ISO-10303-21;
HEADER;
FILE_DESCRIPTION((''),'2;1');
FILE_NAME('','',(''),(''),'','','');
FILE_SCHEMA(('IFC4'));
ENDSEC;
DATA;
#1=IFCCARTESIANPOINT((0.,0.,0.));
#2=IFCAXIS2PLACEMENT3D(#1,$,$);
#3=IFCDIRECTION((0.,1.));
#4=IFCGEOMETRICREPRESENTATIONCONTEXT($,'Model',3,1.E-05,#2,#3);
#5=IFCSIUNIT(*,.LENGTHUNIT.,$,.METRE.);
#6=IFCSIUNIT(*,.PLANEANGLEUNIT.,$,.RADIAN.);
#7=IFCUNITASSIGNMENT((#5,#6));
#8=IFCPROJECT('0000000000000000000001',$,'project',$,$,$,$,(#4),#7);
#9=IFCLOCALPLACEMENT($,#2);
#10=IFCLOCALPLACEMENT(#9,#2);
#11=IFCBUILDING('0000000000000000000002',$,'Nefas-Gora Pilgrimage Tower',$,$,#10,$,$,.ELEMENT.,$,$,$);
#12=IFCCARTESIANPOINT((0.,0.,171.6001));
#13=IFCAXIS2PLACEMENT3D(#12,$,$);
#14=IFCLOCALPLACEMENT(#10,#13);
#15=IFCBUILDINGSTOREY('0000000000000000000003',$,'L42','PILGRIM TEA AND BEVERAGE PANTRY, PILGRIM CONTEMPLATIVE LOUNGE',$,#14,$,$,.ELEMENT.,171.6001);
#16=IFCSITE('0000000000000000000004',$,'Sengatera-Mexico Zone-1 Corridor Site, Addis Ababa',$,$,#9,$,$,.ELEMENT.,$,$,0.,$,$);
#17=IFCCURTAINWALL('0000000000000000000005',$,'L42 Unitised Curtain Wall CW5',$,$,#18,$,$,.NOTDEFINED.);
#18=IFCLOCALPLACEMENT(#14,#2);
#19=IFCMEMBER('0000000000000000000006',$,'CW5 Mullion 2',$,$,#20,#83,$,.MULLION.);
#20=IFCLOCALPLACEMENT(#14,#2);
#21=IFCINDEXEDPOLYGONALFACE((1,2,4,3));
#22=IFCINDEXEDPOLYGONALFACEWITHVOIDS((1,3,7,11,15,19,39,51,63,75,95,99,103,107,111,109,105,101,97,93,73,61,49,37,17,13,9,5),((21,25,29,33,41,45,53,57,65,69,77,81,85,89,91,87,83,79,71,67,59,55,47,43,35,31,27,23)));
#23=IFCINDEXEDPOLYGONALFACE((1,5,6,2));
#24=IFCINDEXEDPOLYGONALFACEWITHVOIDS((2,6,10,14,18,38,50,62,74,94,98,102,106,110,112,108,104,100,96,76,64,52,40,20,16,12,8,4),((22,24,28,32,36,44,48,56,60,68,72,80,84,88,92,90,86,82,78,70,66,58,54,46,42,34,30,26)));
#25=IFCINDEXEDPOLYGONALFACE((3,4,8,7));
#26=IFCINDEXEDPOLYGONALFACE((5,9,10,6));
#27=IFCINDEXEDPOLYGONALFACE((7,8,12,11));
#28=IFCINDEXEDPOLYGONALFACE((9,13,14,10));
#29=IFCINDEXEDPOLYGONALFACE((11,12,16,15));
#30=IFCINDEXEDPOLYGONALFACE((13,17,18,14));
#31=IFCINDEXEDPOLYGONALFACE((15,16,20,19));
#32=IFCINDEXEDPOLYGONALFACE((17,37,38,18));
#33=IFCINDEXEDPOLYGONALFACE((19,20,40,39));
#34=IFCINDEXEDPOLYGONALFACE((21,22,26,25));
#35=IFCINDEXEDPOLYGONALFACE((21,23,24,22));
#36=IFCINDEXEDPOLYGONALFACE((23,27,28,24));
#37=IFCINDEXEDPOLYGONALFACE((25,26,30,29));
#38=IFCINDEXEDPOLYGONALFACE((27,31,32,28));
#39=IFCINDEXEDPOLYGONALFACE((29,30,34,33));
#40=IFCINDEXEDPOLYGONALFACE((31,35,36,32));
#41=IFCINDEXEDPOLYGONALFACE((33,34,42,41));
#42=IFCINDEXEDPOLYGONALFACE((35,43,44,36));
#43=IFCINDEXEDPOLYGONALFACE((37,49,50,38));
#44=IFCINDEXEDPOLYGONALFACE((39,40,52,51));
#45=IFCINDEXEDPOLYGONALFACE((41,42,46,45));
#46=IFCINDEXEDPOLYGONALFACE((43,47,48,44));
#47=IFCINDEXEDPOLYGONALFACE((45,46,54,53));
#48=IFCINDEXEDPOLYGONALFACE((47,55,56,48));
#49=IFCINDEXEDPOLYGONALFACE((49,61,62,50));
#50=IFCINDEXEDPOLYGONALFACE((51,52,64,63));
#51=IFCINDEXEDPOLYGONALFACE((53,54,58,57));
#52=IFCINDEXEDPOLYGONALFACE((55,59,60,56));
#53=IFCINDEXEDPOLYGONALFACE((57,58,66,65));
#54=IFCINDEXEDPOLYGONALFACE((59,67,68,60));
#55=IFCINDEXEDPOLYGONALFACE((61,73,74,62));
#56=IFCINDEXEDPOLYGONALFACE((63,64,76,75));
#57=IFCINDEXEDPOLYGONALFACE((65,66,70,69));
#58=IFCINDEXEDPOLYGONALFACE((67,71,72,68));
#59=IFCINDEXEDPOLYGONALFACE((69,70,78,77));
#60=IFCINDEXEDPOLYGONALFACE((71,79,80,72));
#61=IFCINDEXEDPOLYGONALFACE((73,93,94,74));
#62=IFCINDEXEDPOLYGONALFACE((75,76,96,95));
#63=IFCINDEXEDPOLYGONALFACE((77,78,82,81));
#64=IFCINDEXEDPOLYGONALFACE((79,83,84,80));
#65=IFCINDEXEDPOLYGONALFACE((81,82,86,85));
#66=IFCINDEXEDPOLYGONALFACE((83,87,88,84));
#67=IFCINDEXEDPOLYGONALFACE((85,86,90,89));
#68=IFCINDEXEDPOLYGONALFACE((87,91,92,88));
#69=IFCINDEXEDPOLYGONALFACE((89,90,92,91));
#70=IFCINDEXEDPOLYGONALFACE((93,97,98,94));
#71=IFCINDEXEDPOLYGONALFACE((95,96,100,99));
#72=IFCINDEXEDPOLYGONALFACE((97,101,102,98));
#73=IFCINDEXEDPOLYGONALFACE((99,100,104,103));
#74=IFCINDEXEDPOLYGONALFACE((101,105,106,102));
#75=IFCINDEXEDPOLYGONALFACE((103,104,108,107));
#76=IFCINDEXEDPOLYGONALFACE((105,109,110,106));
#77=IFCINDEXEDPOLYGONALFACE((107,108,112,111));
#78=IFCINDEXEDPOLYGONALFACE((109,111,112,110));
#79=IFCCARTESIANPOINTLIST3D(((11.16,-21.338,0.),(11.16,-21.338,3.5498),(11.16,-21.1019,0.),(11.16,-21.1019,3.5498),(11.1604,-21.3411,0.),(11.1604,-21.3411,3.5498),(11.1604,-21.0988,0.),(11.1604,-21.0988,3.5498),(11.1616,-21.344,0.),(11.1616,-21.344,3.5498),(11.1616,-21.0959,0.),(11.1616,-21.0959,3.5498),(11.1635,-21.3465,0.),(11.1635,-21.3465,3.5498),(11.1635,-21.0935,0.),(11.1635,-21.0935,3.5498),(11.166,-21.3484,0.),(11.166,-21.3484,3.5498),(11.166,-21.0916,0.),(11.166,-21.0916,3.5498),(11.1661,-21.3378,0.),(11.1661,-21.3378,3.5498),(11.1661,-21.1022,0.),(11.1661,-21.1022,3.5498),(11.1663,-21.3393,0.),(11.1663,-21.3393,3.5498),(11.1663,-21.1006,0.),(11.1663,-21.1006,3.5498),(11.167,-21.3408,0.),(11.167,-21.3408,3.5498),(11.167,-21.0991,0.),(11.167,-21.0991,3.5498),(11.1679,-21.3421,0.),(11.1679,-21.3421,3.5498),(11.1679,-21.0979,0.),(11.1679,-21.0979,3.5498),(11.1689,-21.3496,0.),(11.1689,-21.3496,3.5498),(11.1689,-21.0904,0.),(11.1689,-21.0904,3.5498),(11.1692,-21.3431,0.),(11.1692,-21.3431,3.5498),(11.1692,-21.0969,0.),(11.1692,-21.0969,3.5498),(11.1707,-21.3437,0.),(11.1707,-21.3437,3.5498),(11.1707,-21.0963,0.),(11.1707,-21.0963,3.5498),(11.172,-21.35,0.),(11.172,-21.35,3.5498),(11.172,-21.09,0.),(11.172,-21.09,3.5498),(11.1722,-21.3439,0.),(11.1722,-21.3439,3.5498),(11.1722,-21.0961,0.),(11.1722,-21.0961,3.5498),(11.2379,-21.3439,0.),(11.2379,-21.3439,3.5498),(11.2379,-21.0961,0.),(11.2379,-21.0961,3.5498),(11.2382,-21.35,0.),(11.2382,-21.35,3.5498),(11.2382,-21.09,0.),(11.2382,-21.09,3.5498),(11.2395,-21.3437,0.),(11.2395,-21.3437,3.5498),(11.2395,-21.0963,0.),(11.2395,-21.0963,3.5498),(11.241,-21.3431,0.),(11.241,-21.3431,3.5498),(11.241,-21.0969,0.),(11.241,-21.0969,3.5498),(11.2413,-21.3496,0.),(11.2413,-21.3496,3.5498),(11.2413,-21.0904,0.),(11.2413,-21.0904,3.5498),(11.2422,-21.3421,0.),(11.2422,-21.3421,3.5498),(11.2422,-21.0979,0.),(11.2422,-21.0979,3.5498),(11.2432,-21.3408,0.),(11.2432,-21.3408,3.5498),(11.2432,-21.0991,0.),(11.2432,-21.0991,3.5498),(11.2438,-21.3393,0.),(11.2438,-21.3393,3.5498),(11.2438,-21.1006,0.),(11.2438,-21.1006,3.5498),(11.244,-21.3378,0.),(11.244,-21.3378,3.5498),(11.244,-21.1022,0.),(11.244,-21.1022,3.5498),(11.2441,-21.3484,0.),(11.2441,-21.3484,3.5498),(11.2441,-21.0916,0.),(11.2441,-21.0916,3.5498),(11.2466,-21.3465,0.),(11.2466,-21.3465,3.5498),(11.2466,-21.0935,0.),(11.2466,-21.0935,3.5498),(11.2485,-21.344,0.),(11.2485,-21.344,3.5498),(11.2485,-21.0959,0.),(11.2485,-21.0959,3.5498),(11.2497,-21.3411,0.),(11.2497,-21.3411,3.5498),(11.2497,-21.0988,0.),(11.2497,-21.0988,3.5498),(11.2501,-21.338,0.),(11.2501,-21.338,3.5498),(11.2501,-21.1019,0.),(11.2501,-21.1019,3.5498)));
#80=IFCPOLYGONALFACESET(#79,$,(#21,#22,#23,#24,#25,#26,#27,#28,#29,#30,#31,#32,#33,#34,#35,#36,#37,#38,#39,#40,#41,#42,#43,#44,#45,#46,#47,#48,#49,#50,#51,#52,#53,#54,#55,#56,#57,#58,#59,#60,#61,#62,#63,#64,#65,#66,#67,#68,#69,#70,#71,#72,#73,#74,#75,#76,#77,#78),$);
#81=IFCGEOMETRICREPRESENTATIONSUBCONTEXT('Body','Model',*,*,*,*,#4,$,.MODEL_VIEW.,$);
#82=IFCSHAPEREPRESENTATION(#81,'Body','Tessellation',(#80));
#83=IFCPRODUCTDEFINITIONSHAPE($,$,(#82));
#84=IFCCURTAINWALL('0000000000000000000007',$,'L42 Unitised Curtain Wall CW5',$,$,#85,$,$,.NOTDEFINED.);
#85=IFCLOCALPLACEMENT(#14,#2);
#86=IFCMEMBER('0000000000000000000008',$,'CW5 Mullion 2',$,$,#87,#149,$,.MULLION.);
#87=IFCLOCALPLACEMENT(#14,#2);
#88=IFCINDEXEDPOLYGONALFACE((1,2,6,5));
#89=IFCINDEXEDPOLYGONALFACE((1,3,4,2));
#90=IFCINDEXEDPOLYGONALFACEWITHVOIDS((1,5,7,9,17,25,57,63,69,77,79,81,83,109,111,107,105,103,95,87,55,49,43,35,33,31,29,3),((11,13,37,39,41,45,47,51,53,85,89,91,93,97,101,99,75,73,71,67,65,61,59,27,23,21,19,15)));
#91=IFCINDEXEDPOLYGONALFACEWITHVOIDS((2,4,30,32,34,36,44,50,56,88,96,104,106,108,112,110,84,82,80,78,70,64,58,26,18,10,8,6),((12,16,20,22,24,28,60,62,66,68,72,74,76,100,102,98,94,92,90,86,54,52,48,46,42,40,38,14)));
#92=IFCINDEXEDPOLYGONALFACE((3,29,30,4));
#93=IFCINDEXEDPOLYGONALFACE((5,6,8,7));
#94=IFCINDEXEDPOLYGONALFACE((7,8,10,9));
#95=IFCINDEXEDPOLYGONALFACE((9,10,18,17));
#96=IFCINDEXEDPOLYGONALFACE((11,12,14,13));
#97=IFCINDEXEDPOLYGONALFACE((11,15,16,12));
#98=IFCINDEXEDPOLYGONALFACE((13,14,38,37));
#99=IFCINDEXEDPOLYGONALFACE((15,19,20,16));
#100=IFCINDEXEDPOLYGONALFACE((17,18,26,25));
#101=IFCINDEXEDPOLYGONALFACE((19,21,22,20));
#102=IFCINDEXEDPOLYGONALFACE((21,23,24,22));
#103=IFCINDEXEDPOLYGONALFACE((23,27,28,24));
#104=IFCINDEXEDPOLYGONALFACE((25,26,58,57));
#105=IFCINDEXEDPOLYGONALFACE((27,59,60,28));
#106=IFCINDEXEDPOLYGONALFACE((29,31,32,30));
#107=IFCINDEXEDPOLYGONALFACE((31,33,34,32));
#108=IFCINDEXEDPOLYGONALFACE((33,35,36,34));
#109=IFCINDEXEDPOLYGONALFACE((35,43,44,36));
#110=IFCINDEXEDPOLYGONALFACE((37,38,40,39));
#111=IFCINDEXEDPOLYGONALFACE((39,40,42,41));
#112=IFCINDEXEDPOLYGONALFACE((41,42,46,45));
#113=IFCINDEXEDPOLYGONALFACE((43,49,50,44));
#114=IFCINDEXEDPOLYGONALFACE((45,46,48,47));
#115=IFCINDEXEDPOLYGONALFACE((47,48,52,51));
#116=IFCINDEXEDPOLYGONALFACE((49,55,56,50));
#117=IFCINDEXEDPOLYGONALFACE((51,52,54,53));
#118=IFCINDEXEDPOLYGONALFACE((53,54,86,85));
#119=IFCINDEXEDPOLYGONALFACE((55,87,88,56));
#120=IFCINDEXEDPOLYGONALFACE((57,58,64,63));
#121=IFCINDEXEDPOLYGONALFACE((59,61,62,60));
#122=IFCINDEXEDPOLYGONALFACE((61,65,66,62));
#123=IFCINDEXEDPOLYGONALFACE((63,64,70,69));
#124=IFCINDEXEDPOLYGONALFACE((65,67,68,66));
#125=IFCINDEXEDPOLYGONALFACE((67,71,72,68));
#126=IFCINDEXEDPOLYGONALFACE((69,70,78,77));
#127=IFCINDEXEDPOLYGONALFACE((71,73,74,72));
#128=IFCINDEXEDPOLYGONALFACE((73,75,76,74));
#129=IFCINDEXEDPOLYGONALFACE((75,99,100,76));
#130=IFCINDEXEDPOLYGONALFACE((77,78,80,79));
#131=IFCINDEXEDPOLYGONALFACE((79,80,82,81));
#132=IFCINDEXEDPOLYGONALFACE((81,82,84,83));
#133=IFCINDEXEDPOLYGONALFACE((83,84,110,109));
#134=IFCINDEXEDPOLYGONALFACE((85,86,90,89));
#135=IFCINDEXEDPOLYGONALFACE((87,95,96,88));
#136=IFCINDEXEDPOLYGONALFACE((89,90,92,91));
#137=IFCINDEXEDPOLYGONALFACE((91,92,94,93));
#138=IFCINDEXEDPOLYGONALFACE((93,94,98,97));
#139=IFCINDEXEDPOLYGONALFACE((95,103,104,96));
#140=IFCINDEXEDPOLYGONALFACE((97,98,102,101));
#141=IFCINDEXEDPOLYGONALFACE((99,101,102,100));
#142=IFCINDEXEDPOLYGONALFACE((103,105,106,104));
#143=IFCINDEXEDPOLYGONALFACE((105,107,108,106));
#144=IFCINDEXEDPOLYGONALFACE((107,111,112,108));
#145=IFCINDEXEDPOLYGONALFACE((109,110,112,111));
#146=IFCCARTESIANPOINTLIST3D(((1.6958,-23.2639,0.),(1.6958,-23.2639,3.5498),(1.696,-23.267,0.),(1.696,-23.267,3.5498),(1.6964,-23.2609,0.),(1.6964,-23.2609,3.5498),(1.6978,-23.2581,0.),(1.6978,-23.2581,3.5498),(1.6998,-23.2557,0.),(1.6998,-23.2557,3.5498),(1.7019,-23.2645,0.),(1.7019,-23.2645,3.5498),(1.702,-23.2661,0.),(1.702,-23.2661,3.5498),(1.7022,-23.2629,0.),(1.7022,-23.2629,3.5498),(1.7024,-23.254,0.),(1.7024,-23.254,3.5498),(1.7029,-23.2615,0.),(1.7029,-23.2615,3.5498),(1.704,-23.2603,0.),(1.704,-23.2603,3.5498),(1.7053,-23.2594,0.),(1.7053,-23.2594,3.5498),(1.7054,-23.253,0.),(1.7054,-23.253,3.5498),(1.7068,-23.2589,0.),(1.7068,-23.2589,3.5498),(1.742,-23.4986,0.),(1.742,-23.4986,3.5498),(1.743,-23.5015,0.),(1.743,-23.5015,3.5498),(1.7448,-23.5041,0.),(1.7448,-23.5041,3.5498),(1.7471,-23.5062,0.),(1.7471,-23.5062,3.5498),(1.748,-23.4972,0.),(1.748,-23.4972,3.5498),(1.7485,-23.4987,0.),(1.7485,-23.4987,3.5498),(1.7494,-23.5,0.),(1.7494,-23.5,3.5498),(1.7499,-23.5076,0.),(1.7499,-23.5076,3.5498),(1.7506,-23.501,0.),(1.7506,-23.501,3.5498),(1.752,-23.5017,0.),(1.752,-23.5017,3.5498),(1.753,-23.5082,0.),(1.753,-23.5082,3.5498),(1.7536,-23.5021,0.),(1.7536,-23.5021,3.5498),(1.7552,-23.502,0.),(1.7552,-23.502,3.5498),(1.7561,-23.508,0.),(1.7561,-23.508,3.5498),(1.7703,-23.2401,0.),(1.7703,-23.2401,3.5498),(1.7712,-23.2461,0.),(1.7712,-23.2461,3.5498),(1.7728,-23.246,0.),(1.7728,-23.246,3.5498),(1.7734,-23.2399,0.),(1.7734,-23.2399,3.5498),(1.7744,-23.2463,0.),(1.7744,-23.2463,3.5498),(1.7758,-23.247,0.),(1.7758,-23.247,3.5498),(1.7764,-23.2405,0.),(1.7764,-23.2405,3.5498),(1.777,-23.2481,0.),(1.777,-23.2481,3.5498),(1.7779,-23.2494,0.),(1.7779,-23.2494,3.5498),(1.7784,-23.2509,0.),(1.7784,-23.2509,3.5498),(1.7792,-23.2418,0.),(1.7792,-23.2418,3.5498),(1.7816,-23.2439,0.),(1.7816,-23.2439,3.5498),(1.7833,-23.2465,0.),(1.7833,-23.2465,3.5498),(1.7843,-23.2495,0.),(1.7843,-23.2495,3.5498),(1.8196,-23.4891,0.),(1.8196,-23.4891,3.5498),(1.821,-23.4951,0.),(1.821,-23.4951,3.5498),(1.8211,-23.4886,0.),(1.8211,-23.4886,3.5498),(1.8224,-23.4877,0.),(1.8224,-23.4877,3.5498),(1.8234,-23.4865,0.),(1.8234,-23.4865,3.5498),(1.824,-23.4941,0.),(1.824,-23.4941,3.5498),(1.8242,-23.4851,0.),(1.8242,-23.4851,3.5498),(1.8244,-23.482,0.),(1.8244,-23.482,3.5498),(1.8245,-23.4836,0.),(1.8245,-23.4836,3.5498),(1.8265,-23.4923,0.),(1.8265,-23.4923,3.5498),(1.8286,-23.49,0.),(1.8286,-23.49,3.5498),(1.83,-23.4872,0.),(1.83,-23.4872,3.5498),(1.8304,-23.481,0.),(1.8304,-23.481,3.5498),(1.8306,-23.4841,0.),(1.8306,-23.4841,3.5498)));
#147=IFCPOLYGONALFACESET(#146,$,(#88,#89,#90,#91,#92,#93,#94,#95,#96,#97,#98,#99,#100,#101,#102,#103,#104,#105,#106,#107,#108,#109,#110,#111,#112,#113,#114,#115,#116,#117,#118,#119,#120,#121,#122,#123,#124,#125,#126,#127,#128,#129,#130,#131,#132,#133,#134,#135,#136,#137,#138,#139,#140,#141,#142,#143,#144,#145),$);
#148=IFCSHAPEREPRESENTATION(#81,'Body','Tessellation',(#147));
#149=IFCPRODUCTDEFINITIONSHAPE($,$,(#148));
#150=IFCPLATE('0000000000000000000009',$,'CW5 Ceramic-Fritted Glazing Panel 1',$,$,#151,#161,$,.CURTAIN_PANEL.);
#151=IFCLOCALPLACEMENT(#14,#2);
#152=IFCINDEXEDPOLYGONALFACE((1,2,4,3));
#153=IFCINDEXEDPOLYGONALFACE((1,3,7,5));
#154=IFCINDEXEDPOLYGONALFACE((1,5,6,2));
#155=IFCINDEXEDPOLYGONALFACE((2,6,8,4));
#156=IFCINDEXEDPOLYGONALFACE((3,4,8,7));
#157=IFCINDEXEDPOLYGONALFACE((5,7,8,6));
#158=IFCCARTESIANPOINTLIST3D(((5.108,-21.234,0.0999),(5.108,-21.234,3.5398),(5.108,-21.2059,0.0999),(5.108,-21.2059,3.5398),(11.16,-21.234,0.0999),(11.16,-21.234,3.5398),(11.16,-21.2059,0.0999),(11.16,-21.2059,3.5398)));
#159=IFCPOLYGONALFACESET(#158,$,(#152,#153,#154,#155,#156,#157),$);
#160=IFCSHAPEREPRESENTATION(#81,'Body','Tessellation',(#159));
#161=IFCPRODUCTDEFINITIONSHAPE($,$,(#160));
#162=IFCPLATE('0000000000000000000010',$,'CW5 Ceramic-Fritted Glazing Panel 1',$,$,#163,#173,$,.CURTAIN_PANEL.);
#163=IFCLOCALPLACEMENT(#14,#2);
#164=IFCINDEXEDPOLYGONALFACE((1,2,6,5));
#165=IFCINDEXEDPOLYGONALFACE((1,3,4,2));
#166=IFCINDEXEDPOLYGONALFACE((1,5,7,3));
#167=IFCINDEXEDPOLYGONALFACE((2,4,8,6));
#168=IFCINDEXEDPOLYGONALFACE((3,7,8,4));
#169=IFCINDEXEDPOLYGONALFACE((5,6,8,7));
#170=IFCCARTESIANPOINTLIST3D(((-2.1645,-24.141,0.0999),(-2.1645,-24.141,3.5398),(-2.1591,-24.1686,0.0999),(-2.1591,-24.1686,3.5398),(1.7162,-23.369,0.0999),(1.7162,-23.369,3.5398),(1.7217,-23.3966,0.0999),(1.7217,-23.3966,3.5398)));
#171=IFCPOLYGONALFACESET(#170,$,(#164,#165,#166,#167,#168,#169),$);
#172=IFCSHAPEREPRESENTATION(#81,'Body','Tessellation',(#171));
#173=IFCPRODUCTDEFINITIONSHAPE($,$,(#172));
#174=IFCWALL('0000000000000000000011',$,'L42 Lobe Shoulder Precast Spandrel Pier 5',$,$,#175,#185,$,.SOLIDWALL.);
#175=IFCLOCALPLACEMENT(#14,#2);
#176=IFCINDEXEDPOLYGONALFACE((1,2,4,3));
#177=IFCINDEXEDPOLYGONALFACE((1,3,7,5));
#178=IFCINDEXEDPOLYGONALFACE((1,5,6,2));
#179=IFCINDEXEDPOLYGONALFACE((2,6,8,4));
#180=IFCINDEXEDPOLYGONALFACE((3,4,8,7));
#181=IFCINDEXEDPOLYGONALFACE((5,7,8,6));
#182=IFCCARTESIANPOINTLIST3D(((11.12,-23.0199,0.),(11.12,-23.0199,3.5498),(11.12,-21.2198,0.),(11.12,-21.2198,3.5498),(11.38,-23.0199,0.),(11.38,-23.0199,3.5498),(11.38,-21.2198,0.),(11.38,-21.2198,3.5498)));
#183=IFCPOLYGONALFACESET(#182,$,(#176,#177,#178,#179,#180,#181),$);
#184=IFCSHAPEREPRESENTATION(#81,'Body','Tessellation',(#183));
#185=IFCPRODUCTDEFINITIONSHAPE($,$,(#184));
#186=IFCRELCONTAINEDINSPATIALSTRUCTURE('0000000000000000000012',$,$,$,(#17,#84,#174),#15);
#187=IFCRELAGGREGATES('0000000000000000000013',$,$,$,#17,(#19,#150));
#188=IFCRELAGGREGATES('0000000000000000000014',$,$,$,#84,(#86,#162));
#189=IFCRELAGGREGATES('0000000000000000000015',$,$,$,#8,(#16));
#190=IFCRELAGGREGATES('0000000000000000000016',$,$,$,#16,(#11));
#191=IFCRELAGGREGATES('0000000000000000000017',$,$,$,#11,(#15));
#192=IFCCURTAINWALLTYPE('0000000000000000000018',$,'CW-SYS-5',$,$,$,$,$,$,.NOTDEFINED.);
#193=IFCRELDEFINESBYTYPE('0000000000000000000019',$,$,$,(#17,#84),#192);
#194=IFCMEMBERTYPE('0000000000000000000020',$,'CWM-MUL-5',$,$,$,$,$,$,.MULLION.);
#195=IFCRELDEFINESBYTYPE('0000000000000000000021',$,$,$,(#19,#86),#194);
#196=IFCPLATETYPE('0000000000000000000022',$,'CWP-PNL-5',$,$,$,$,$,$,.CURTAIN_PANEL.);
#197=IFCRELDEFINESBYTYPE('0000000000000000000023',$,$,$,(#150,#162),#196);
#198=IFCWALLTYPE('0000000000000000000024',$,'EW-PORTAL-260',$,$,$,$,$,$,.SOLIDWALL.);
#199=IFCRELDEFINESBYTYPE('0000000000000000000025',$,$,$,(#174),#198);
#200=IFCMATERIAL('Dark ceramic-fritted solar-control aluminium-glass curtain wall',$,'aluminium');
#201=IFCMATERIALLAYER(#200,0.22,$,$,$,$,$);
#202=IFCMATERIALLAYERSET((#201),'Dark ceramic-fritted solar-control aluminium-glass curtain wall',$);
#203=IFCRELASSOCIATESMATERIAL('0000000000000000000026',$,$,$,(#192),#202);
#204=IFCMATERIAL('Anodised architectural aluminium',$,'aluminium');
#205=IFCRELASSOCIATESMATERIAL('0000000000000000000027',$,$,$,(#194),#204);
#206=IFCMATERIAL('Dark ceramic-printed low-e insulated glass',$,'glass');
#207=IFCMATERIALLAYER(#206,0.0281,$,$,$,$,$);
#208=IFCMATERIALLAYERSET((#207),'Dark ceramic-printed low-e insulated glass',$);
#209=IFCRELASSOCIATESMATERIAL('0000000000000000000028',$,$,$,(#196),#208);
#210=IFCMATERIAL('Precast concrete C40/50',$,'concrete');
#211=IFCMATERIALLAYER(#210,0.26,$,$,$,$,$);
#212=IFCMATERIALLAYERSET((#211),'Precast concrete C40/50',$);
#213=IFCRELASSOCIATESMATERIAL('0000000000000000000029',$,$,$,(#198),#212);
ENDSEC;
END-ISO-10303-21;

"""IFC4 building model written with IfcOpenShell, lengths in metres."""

from ifc_helpers import new_model, si_unit, direction, frame, frame_2d, origin, origin_2d, place, context, subcontext, project, spatial, rectangle, hollow_rectangle, extrude, source, transform, mapped, material, layer, layer_set, material_profile, profile_set, type_object, element, aggregate, save


model = new_model("IFC4")

# Units and contexts
model_context = context("Model", 3, precision=1e-05, world=origin(), true_north=direction((0.0, 1.0)))
body_context = subcontext(model_context, "Body", "Model", "MODEL_VIEW")
ifc_project = project(units=[si_unit("LENGTHUNIT", "METRE"), si_unit("PLANEANGLEUNIT", "RADIAN")], contexts=[model_context])

# Site, building, storey
site_placement = place(None, origin())
site = spatial("IfcSite", under=ifc_project, at=site_placement, Name="Sengatera-Mexico Zone-1 Corridor Site, Addis Ababa", CompositionType="ELEMENT", RefElevation=0.0)
building_placement = place(site_placement, origin())
building = spatial("IfcBuilding", under=site, at=building_placement, Name="Nefas-Gora Pilgrimage Tower", CompositionType="ELEMENT")
storey_placement = place(building_placement, frame((0.0, 0.0, 171.6001)))
storey = spatial("IfcBuildingStorey", under=building, at=storey_placement, Name="L42", Description="PILGRIM TEA AND BEVERAGE PANTRY, PILGRIM CONTEMPLATIVE LOUNGE", CompositionType="ELEMENT", Elevation=171.6001)

# Curtain wall, member
ifc_material_1 = material(Name="Dark ceramic-fritted solar-control aluminium-glass curtain wall", Category="aluminium")
ifc_layer_1 = layer(ifc_material_1, 0.22)
ifc_layer_set_1 = layer_set([ifc_layer_1], Name="Dark ceramic-fritted solar-control aluminium-glass curtain wall")
curtain_wall_type = type_object("IfcCurtainWallType", Name="CW-SYS-5", PredefinedType="NOTDEFINED", material=ifc_layer_set_1)
curtain_wall_1_placement = place(storey_placement, origin())
curtain_wall_1 = element("IfcCurtainWall", 1, at=curtain_wall_1_placement, inside=storey, type_object=curtain_wall_type, Name="L42 Unitised Curtain Wall CW5", PredefinedType="NOTDEFINED")
ifc_material_2 = material(Name="Anodised architectural aluminium", Category="aluminium")
ifc_material_profile_1 = material_profile(ifc_material_2, hollow_rectangle(XDim=0.0901, YDim=0.26, WallThickness=0.0061, InnerFilletRadius=0.0061, OuterFilletRadius=0.012, at=origin_2d()), Name="ALU MULLION 90x260")
ifc_profile_set_1 = profile_set([ifc_material_profile_1], Name="Anodised architectural aluminium")
member_type_1 = type_object("IfcMemberType", Name="CWM-MUL-5", PredefinedType="MULLION", material=ifc_profile_set_1)
shared_shape_1 = source(origin(), body_context, "Body", "SweptSolid", [
    extrude(hollow_rectangle(XDim=0.0901, YDim=0.26, WallThickness=0.0061, InnerFilletRadius=0.0061, OuterFilletRadius=0.012, at=origin_2d()), origin(), (0.0, 0.0, 1.0), 3.5498),
])
member_1_placement = place(storey_placement, frame((11.2051, -21.22, 0.0), z_axis=(0.0, 0.0, 1.0), x_axis=(1.0, 0.0, 0.0)))
member_1 = element("IfcMember", 2, at=member_1_placement, type_object=member_type_1, Name="CW5 Mullion 2", PredefinedType="MULLION", context=body_context, shape_type="MappedRepresentation", body=[
    mapped(shared_shape_1, transform((0.0, 0.0, 0.0), x_axis=(1.0, 0.0, 0.0), y_axis=(0.0, 1.0, 0.0), z_axis=(0.0, 0.0, 1.0), scale=1.0)),
])

# Curtain wall, member
curtain_wall_2_placement = place(storey_placement, origin())
curtain_wall_2 = element("IfcCurtainWall", 3, at=curtain_wall_2_placement, inside=storey, type_object=curtain_wall_type, Name="L42 Unitised Curtain Wall CW5", PredefinedType="NOTDEFINED")
member_2_placement = place(storey_placement, frame((1.7632, -23.374, 0.0), z_axis=(0.0, 0.0, 1.0), x_axis=(0.980783, 0.195102, 0.0)))
member_2 = element("IfcMember", 4, at=member_2_placement, type_object=member_type_1, Name="CW5 Mullion 2", PredefinedType="MULLION", context=body_context, shape_type="MappedRepresentation", body=[
    mapped(shared_shape_1, transform((0.0, 0.0, 0.0), x_axis=(1.0, 0.0, 0.0), y_axis=(0.0, 1.0, 0.0), z_axis=(0.0, 0.0, 1.0), scale=1.0)),
])

# Plates
ifc_material_3 = material(Name="Dark ceramic-printed low-e insulated glass", Category="glass")
ifc_layer_2 = layer(ifc_material_3, 0.0281)
ifc_layer_set_2 = layer_set([ifc_layer_2], Name="Dark ceramic-printed low-e insulated glass")
plate_type = type_object("IfcPlateType", Name="CWP-PNL-5", PredefinedType="CURTAIN_PANEL", material=ifc_layer_set_2)
shared_shape_2 = source(origin(), body_context, "Body", "SweptSolid", [
    extrude(rectangle(XDim=6.052, YDim=0.0281, at=origin_2d()), origin(), (0.0, 0.0, 1.0), 3.4399),
])
plate_1_placement = place(storey_placement, frame((8.134, -21.22, 0.0999), z_axis=(0.0, 0.0, 1.0), x_axis=(1.0, 0.0, 0.0)))
plate_1 = element("IfcPlate", 5, at=plate_1_placement, type_object=plate_type, Name="CW5 Ceramic-Fritted Glazing Panel 1", PredefinedType="CURTAIN_PANEL", context=body_context, shape_type="MappedRepresentation", body=[
    mapped(shared_shape_2, transform((0.0, 0.0, 0.0), x_axis=(1.0, 0.0, 0.0), y_axis=(0.0, 1.0, 0.0), z_axis=(0.0, 0.0, 1.0), scale=1.0)),
])
aggregate(curtain_wall_1, [member_1, plate_1])
shared_shape_3 = source(origin(), body_context, "Body", "SweptSolid", [
    extrude(rectangle(XDim=3.9568, YDim=0.0281, at=origin_2d()), origin(), (0.0, 0.0, 1.0), 3.4399),
])
plate_2_placement = place(storey_placement, frame((-0.2214, -23.7688, 0.0999), z_axis=(0.0, 0.0, 1.0), x_axis=(0.980783, 0.195102, 0.0)))
plate_2 = element("IfcPlate", 6, at=plate_2_placement, type_object=plate_type, Name="CW5 Ceramic-Fritted Glazing Panel 1", PredefinedType="CURTAIN_PANEL", context=body_context, shape_type="MappedRepresentation", body=[
    mapped(shared_shape_3, transform((0.0, 0.0, 0.0), x_axis=(1.0, 0.0, 0.0), y_axis=(0.0, 1.0, 0.0), z_axis=(0.0, 0.0, 1.0), scale=1.0)),
])
aggregate(curtain_wall_2, [member_2, plate_2])

# Wall
ifc_material_4 = material(Name="Precast concrete C40/50", Category="concrete")
ifc_layer_3 = layer(ifc_material_4, 0.26)
ifc_layer_set_3 = layer_set([ifc_layer_3], Name="Precast concrete C40/50")
wall_type_1 = type_object("IfcWallType", Name="EW-PORTAL-260", PredefinedType="SOLIDWALL", material=ifc_layer_set_3)
shared_shape_4 = source(origin(), body_context, "Body", "SweptSolid", [
    extrude(rectangle(XDim=1.8, YDim=0.26, at=frame_2d((0.8999, 0.0))), origin(), (0.0, 0.0, 1.0), 3.5498),
])
wall_1_placement = place(storey_placement, frame((11.25, -21.22, 0.0), z_axis=(0.0, 0.0, 1.0), x_axis=(0.0, -1.0, 0.0)))
element("IfcWall", 7, at=wall_1_placement, inside=storey, type_object=wall_type_1, Name="L42 Lobe Shoulder Precast Spandrel Pier 5", PredefinedType="SOLIDWALL", context=body_context, shape_type="MappedRepresentation", body=[
    mapped(shared_shape_4, transform((0.0, 0.0, 0.0), x_axis=(1.0, 0.0, 0.0), y_axis=(0.0, 1.0, 0.0), z_axis=(0.0, 0.0, 1.0), scale=1.0)),
])

save(model, "model.ifc")
